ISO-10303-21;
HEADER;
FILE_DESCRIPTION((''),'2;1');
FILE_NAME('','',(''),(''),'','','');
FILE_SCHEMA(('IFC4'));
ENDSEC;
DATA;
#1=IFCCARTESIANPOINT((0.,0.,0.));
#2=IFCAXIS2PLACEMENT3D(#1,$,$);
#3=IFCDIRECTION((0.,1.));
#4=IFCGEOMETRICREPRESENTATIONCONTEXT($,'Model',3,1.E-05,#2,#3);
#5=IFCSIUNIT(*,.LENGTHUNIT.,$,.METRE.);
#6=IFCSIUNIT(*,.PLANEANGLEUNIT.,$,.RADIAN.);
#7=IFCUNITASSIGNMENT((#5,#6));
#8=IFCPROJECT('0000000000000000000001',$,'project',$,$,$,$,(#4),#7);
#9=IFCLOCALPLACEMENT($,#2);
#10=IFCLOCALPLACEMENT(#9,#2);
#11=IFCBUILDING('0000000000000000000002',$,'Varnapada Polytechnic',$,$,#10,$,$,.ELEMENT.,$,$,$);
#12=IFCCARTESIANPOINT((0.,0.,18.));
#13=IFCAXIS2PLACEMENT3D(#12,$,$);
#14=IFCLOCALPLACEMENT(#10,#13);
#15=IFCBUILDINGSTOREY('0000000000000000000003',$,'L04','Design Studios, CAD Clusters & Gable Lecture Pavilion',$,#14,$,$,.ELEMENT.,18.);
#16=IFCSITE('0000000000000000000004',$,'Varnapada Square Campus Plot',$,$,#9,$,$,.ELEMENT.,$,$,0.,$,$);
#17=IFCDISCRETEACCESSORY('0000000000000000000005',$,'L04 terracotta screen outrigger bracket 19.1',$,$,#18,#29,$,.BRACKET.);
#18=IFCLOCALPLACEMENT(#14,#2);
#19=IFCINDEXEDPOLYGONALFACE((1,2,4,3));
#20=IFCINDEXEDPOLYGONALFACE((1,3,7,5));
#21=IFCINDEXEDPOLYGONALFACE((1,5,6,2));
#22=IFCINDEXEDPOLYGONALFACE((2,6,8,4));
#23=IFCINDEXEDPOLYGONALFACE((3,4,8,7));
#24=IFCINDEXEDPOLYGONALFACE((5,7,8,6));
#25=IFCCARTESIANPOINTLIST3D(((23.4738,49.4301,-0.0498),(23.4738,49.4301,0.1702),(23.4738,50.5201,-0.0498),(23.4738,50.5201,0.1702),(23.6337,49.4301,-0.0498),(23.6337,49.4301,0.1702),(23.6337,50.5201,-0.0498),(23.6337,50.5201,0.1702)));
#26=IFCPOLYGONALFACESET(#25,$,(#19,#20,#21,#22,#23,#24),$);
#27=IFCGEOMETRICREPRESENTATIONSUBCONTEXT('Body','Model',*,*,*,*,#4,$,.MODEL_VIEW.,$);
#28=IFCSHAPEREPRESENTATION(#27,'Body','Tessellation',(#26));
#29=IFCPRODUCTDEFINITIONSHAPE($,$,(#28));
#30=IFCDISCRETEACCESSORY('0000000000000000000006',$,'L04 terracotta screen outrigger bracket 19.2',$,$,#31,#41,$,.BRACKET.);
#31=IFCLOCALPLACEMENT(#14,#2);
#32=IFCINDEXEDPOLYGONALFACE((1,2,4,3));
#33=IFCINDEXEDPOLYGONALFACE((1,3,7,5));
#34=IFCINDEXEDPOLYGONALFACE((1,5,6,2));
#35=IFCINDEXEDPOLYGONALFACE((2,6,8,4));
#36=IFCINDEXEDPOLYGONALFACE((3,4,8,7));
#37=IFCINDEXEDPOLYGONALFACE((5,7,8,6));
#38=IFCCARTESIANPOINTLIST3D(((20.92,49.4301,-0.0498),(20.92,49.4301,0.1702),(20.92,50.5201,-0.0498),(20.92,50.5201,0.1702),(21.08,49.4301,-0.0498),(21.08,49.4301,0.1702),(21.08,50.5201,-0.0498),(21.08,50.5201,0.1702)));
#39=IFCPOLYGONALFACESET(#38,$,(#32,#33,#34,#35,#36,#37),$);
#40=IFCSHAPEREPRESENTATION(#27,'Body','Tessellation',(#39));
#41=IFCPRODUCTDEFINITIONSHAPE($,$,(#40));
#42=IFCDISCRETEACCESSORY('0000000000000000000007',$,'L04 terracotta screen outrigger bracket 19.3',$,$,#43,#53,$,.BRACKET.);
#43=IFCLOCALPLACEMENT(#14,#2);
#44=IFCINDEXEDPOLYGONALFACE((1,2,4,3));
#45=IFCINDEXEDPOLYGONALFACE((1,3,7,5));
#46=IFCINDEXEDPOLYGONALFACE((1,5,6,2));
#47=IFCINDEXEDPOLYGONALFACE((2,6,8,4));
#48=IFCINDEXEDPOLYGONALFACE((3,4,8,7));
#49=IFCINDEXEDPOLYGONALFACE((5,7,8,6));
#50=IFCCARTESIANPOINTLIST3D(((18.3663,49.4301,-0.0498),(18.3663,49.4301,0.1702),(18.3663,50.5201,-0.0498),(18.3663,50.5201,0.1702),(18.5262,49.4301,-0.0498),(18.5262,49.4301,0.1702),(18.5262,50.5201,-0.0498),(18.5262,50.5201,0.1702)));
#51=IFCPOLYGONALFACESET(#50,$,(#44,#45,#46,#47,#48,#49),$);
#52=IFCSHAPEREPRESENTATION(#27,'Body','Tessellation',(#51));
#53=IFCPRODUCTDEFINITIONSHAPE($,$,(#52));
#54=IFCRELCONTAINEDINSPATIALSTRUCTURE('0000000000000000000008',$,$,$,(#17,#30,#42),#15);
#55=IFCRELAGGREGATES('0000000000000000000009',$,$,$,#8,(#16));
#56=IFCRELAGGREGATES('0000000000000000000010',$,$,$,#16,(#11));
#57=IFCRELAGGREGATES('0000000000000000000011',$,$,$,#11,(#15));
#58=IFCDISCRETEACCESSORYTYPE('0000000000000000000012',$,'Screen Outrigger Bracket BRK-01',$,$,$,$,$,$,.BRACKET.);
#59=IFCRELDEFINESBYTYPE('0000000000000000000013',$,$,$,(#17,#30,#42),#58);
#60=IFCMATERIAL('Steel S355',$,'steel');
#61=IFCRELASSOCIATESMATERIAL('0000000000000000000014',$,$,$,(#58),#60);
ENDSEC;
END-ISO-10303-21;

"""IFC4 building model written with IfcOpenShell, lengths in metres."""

from ifc_helpers import new_model, si_unit, direction, frame, origin, origin_2d, place, context, subcontext, project, spatial, rectangle, extrude, material, type_object, element, save


model = new_model("IFC4")

# Units and contexts
model_context = context("Model", 3, precision=1e-05, world=origin(), true_north=direction((0.0, 1.0)))
body_context = subcontext(model_context, "Body", "Model", "MODEL_VIEW")
ifc_project = project(units=[si_unit("LENGTHUNIT", "METRE"), si_unit("PLANEANGLEUNIT", "RADIAN")], contexts=[model_context])

# Site, building, storey
site_placement = place(None, origin())
site = spatial("IfcSite", under=ifc_project, at=site_placement, Name="Varnapada Square Campus Plot", CompositionType="ELEMENT", RefElevation=0.0)
building_placement = place(site_placement, origin())
building = spatial("IfcBuilding", under=site, at=building_placement, Name="Varnapada Polytechnic", CompositionType="ELEMENT")
storey_placement = place(building_placement, frame((0.0, 0.0, 18.0)))
storey = spatial("IfcBuildingStorey", under=building, at=storey_placement, Name="L04", Description="Design Studios, CAD Clusters & Gable Lecture Pavilion", CompositionType="ELEMENT", Elevation=18.0)

# Discrete accessories
ifc_material_1 = material(Name="Steel S355", Category="steel")
discrete_accessory_type = type_object("IfcDiscreteAccessoryType", Name="Screen Outrigger Bracket BRK-01", PredefinedType="BRACKET", material=ifc_material_1)
for number, where, z_axis, x_axis, name in (
    (1, (23.5537, 49.9751, -0.0498), (0.0, 0.0, 1.0), (-1.0, 0.0, 0.0), "L04 terracotta screen outrigger bracket 19.1"),
    (2, (21.0, 49.9751, -0.0498), (0.0, 0.0, 1.0), (-1.0, 0.0, 0.0), "L04 terracotta screen outrigger bracket 19.2"),
    (3, (18.4463, 49.9751, -0.0498), (0.0, 0.0, 1.0), (-1.0, 0.0, 0.0), "L04 terracotta screen outrigger bracket 19.3"),
):
    element("IfcDiscreteAccessory", number, at=place(storey_placement, frame(where, z_axis=z_axis, x_axis=x_axis)), inside=storey, type_object=discrete_accessory_type, Name=name, PredefinedType="BRACKET", context=body_context, shape_type="SweptSolid", body=[
        extrude(rectangle(XDim=0.1599, YDim=1.0901, at=origin_2d()), origin(), (0.0, 0.0, 1.0), 0.22),
    ])

save(model, "model.ifc")
